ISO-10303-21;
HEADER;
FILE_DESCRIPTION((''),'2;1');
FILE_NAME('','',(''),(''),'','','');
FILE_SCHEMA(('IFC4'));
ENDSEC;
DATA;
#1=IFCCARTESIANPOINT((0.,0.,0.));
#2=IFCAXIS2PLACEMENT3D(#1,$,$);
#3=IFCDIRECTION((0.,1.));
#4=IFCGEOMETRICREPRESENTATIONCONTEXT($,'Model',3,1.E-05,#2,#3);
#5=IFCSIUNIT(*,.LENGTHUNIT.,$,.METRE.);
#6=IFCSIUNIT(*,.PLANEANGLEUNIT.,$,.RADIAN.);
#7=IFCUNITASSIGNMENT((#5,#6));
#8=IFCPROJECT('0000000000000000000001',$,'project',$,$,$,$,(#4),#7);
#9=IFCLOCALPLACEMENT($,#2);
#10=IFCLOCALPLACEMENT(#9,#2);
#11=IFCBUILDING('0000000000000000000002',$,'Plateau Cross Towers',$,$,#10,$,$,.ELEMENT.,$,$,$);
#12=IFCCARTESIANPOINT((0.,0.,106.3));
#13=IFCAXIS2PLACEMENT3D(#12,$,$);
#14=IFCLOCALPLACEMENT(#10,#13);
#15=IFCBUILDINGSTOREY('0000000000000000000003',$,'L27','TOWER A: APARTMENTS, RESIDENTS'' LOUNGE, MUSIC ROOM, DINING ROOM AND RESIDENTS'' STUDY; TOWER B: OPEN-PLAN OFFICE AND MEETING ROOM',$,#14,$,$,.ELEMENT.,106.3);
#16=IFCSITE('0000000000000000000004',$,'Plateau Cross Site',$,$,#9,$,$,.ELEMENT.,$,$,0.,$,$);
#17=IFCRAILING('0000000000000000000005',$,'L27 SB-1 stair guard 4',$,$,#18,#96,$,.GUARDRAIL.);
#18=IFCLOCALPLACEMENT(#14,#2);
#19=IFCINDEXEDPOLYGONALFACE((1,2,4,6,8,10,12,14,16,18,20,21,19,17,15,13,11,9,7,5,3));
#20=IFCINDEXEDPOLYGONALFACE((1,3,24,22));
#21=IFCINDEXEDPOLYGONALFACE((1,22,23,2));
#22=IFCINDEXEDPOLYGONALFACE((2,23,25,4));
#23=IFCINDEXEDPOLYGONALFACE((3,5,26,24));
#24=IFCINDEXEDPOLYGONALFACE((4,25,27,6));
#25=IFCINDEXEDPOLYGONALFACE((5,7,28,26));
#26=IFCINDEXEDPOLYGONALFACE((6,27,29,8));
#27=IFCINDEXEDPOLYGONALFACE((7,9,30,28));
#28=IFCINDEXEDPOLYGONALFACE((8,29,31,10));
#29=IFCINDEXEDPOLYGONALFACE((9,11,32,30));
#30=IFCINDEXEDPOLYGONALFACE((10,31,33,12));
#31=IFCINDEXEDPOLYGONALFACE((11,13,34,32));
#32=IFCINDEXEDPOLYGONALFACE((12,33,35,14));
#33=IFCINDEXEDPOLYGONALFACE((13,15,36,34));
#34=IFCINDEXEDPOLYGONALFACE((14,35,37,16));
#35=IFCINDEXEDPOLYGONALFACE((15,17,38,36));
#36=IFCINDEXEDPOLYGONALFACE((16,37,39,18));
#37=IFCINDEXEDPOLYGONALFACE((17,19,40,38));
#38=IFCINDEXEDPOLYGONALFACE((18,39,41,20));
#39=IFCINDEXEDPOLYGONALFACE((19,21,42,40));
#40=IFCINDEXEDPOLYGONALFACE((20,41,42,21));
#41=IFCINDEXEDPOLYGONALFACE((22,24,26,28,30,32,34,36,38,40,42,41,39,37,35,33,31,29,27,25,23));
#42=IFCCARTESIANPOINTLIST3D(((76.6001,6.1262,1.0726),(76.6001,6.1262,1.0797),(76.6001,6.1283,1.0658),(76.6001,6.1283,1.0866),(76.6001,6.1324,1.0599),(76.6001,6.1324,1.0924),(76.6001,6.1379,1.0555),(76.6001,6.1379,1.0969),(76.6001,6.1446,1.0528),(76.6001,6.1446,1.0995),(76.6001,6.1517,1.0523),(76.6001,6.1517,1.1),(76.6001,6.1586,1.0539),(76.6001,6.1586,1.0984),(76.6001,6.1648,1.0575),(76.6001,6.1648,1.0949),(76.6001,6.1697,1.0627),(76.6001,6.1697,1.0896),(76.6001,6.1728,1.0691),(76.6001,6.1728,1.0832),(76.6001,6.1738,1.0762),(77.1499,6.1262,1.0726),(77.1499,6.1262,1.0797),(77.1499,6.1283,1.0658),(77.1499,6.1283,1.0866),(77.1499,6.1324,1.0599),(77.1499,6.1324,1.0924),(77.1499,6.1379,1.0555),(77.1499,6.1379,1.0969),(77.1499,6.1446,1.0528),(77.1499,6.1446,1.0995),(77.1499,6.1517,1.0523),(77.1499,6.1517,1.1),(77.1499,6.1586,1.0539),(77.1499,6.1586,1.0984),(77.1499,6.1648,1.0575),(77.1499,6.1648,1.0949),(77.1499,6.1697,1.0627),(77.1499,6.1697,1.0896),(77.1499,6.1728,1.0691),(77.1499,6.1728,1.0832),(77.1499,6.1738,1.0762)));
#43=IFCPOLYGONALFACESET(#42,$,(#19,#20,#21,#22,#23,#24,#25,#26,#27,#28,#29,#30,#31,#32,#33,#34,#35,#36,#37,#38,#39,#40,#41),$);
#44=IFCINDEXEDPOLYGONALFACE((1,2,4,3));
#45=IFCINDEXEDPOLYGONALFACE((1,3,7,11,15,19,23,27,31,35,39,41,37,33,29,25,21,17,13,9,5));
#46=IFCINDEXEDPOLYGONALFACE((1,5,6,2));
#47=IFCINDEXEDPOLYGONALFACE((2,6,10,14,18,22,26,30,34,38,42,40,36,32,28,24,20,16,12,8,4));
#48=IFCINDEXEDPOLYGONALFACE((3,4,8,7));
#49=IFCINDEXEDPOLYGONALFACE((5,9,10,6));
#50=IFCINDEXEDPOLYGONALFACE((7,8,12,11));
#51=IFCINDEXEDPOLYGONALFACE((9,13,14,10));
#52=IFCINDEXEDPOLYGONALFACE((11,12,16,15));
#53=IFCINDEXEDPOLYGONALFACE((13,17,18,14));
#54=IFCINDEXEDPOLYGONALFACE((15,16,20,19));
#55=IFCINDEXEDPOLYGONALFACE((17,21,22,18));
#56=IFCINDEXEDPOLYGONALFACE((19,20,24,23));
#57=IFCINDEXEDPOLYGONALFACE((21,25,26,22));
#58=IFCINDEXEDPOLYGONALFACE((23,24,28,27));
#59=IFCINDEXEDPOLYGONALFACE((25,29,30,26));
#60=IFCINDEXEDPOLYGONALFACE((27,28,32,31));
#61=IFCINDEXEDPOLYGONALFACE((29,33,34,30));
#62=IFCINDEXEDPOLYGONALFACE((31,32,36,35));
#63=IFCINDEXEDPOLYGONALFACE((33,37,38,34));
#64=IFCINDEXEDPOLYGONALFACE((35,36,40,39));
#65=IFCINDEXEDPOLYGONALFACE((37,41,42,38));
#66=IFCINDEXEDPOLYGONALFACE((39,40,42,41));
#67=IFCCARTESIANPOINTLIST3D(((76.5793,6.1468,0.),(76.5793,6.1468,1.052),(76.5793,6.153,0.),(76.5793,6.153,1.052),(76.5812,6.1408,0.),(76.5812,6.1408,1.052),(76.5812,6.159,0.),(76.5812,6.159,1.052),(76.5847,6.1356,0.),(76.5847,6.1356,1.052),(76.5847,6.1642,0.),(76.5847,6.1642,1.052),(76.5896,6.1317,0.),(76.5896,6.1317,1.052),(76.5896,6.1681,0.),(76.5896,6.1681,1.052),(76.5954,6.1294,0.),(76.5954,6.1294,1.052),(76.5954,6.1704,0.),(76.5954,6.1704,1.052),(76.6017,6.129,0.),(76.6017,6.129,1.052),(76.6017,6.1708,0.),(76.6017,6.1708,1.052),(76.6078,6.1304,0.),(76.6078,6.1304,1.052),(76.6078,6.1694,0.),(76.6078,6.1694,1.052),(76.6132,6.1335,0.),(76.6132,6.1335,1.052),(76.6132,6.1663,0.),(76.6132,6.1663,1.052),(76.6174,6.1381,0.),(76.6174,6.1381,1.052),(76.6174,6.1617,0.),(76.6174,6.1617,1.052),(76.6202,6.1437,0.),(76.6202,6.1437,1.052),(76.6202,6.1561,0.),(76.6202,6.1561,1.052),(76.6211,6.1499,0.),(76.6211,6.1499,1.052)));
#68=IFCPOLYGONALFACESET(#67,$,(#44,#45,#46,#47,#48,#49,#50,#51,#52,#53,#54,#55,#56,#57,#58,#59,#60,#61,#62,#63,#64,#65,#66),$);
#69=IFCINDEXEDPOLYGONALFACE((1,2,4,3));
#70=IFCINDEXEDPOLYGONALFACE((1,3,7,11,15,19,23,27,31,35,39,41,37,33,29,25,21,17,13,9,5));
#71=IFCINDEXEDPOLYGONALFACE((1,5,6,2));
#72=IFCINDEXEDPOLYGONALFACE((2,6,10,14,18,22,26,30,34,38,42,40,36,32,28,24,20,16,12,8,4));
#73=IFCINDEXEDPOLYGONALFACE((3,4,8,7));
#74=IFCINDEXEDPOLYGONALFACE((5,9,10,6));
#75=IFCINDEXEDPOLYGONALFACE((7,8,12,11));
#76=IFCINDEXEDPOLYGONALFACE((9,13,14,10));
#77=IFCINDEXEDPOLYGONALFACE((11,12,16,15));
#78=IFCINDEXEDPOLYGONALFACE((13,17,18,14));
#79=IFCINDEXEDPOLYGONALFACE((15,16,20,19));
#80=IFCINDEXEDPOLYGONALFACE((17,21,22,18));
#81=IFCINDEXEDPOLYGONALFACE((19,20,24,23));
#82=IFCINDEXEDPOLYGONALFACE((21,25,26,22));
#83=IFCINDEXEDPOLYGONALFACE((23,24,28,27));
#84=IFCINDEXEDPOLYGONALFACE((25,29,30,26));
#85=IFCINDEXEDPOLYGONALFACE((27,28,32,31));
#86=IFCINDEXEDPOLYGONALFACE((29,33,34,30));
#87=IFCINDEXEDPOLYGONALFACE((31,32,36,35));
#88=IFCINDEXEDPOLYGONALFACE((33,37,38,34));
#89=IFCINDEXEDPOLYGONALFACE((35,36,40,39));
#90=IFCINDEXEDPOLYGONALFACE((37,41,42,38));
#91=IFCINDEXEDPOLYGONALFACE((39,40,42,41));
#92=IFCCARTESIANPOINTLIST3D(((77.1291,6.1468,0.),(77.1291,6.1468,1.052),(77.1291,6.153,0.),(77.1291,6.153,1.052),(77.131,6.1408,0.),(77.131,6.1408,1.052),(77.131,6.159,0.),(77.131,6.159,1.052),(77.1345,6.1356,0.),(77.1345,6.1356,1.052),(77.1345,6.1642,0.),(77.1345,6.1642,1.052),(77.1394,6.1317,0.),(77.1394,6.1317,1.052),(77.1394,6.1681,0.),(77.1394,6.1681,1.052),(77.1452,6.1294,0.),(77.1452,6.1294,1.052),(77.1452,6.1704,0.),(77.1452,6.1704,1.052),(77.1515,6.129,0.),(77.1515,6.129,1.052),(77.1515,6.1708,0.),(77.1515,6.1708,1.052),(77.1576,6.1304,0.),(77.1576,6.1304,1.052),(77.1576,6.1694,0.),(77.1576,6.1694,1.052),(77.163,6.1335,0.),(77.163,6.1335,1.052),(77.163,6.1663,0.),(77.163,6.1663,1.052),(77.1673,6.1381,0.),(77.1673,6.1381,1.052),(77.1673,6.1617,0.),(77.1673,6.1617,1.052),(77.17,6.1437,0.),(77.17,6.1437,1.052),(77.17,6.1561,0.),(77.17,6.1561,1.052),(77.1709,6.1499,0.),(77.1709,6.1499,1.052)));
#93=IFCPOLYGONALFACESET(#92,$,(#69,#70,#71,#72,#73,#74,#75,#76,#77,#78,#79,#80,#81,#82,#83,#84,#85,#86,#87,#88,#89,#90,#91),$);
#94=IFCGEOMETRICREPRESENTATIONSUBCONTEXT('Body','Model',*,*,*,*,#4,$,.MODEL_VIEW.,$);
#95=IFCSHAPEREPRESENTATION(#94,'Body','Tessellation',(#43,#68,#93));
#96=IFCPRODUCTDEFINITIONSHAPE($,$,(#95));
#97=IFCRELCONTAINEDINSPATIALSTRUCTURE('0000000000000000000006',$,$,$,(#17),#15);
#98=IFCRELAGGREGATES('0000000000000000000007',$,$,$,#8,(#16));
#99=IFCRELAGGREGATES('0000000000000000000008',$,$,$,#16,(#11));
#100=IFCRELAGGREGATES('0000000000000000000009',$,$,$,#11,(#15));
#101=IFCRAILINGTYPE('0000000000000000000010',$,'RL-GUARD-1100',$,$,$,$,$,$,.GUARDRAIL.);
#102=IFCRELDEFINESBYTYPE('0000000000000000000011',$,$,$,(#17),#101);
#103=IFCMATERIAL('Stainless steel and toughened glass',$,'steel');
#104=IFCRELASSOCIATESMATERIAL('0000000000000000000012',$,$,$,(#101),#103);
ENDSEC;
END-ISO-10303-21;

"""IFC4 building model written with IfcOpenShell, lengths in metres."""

from ifc_helpers import new_model, si_unit, direction, frame, origin, origin_2d, place, context, subcontext, project, spatial, circle, extrude, material, type_object, element, save


model = new_model("IFC4")

# Units and contexts
model_context = context("Model", 3, precision=1e-05, world=origin(), true_north=direction((0.0, 1.0)))
body_context = subcontext(model_context, "Body", "Model", "MODEL_VIEW")
ifc_project = project(units=[si_unit("LENGTHUNIT", "METRE"), si_unit("PLANEANGLEUNIT", "RADIAN")], contexts=[model_context])

# Site, building, storey
site_placement = place(None, origin())
site = spatial("IfcSite", under=ifc_project, at=site_placement, Name="Plateau Cross Site", CompositionType="ELEMENT", RefElevation=0.0)
building_placement = place(site_placement, origin())
building = spatial("IfcBuilding", under=site, at=building_placement, Name="Plateau Cross Towers", CompositionType="ELEMENT")
storey_placement = place(building_placement, frame((0.0, 0.0, 106.3)))
storey = spatial("IfcBuildingStorey", under=building, at=storey_placement, Name="L27", Description="TOWER A: APARTMENTS, RESIDENTS' LOUNGE, MUSIC ROOM, DINING ROOM AND RESIDENTS' STUDY; TOWER B: OPEN-PLAN OFFICE AND MEETING ROOM", CompositionType="ELEMENT", Elevation=106.3)

# Railing
ifc_material_1 = material(Name="Stainless steel and toughened glass", Category="steel")
railing_type = type_object("IfcRailingType", Name="RL-GUARD-1100", PredefinedType="GUARDRAIL", material=ifc_material_1)
railing_1_placement = place(storey_placement, frame((76.6001, 6.1499, 0.0)))
element("IfcRailing", 1, at=railing_1_placement, inside=storey, type_object=railing_type, Name="L27 SB-1 stair guard 4", PredefinedType="GUARDRAIL", context=body_context, shape_type="SweptSolid", body=[
    extrude(circle(Radius=0.0239, at=origin_2d()), frame((0.0, 0.0, 1.0762), z_axis=(1.0, 0.0, 0.0), x_axis=(0.0, 1.0, 0.0)), (0.0, 0.0, 1.0), 0.5498),
    extrude(circle(Radius=0.021, at=origin_2d()), origin(), (0.0, 0.0, 1.0), 1.052),
    extrude(circle(Radius=0.021, at=origin_2d()), frame((0.5498, 0.0, 0.0)), (0.0, 0.0, 1.0), 1.052),
])

save(model, "model.ifc")
